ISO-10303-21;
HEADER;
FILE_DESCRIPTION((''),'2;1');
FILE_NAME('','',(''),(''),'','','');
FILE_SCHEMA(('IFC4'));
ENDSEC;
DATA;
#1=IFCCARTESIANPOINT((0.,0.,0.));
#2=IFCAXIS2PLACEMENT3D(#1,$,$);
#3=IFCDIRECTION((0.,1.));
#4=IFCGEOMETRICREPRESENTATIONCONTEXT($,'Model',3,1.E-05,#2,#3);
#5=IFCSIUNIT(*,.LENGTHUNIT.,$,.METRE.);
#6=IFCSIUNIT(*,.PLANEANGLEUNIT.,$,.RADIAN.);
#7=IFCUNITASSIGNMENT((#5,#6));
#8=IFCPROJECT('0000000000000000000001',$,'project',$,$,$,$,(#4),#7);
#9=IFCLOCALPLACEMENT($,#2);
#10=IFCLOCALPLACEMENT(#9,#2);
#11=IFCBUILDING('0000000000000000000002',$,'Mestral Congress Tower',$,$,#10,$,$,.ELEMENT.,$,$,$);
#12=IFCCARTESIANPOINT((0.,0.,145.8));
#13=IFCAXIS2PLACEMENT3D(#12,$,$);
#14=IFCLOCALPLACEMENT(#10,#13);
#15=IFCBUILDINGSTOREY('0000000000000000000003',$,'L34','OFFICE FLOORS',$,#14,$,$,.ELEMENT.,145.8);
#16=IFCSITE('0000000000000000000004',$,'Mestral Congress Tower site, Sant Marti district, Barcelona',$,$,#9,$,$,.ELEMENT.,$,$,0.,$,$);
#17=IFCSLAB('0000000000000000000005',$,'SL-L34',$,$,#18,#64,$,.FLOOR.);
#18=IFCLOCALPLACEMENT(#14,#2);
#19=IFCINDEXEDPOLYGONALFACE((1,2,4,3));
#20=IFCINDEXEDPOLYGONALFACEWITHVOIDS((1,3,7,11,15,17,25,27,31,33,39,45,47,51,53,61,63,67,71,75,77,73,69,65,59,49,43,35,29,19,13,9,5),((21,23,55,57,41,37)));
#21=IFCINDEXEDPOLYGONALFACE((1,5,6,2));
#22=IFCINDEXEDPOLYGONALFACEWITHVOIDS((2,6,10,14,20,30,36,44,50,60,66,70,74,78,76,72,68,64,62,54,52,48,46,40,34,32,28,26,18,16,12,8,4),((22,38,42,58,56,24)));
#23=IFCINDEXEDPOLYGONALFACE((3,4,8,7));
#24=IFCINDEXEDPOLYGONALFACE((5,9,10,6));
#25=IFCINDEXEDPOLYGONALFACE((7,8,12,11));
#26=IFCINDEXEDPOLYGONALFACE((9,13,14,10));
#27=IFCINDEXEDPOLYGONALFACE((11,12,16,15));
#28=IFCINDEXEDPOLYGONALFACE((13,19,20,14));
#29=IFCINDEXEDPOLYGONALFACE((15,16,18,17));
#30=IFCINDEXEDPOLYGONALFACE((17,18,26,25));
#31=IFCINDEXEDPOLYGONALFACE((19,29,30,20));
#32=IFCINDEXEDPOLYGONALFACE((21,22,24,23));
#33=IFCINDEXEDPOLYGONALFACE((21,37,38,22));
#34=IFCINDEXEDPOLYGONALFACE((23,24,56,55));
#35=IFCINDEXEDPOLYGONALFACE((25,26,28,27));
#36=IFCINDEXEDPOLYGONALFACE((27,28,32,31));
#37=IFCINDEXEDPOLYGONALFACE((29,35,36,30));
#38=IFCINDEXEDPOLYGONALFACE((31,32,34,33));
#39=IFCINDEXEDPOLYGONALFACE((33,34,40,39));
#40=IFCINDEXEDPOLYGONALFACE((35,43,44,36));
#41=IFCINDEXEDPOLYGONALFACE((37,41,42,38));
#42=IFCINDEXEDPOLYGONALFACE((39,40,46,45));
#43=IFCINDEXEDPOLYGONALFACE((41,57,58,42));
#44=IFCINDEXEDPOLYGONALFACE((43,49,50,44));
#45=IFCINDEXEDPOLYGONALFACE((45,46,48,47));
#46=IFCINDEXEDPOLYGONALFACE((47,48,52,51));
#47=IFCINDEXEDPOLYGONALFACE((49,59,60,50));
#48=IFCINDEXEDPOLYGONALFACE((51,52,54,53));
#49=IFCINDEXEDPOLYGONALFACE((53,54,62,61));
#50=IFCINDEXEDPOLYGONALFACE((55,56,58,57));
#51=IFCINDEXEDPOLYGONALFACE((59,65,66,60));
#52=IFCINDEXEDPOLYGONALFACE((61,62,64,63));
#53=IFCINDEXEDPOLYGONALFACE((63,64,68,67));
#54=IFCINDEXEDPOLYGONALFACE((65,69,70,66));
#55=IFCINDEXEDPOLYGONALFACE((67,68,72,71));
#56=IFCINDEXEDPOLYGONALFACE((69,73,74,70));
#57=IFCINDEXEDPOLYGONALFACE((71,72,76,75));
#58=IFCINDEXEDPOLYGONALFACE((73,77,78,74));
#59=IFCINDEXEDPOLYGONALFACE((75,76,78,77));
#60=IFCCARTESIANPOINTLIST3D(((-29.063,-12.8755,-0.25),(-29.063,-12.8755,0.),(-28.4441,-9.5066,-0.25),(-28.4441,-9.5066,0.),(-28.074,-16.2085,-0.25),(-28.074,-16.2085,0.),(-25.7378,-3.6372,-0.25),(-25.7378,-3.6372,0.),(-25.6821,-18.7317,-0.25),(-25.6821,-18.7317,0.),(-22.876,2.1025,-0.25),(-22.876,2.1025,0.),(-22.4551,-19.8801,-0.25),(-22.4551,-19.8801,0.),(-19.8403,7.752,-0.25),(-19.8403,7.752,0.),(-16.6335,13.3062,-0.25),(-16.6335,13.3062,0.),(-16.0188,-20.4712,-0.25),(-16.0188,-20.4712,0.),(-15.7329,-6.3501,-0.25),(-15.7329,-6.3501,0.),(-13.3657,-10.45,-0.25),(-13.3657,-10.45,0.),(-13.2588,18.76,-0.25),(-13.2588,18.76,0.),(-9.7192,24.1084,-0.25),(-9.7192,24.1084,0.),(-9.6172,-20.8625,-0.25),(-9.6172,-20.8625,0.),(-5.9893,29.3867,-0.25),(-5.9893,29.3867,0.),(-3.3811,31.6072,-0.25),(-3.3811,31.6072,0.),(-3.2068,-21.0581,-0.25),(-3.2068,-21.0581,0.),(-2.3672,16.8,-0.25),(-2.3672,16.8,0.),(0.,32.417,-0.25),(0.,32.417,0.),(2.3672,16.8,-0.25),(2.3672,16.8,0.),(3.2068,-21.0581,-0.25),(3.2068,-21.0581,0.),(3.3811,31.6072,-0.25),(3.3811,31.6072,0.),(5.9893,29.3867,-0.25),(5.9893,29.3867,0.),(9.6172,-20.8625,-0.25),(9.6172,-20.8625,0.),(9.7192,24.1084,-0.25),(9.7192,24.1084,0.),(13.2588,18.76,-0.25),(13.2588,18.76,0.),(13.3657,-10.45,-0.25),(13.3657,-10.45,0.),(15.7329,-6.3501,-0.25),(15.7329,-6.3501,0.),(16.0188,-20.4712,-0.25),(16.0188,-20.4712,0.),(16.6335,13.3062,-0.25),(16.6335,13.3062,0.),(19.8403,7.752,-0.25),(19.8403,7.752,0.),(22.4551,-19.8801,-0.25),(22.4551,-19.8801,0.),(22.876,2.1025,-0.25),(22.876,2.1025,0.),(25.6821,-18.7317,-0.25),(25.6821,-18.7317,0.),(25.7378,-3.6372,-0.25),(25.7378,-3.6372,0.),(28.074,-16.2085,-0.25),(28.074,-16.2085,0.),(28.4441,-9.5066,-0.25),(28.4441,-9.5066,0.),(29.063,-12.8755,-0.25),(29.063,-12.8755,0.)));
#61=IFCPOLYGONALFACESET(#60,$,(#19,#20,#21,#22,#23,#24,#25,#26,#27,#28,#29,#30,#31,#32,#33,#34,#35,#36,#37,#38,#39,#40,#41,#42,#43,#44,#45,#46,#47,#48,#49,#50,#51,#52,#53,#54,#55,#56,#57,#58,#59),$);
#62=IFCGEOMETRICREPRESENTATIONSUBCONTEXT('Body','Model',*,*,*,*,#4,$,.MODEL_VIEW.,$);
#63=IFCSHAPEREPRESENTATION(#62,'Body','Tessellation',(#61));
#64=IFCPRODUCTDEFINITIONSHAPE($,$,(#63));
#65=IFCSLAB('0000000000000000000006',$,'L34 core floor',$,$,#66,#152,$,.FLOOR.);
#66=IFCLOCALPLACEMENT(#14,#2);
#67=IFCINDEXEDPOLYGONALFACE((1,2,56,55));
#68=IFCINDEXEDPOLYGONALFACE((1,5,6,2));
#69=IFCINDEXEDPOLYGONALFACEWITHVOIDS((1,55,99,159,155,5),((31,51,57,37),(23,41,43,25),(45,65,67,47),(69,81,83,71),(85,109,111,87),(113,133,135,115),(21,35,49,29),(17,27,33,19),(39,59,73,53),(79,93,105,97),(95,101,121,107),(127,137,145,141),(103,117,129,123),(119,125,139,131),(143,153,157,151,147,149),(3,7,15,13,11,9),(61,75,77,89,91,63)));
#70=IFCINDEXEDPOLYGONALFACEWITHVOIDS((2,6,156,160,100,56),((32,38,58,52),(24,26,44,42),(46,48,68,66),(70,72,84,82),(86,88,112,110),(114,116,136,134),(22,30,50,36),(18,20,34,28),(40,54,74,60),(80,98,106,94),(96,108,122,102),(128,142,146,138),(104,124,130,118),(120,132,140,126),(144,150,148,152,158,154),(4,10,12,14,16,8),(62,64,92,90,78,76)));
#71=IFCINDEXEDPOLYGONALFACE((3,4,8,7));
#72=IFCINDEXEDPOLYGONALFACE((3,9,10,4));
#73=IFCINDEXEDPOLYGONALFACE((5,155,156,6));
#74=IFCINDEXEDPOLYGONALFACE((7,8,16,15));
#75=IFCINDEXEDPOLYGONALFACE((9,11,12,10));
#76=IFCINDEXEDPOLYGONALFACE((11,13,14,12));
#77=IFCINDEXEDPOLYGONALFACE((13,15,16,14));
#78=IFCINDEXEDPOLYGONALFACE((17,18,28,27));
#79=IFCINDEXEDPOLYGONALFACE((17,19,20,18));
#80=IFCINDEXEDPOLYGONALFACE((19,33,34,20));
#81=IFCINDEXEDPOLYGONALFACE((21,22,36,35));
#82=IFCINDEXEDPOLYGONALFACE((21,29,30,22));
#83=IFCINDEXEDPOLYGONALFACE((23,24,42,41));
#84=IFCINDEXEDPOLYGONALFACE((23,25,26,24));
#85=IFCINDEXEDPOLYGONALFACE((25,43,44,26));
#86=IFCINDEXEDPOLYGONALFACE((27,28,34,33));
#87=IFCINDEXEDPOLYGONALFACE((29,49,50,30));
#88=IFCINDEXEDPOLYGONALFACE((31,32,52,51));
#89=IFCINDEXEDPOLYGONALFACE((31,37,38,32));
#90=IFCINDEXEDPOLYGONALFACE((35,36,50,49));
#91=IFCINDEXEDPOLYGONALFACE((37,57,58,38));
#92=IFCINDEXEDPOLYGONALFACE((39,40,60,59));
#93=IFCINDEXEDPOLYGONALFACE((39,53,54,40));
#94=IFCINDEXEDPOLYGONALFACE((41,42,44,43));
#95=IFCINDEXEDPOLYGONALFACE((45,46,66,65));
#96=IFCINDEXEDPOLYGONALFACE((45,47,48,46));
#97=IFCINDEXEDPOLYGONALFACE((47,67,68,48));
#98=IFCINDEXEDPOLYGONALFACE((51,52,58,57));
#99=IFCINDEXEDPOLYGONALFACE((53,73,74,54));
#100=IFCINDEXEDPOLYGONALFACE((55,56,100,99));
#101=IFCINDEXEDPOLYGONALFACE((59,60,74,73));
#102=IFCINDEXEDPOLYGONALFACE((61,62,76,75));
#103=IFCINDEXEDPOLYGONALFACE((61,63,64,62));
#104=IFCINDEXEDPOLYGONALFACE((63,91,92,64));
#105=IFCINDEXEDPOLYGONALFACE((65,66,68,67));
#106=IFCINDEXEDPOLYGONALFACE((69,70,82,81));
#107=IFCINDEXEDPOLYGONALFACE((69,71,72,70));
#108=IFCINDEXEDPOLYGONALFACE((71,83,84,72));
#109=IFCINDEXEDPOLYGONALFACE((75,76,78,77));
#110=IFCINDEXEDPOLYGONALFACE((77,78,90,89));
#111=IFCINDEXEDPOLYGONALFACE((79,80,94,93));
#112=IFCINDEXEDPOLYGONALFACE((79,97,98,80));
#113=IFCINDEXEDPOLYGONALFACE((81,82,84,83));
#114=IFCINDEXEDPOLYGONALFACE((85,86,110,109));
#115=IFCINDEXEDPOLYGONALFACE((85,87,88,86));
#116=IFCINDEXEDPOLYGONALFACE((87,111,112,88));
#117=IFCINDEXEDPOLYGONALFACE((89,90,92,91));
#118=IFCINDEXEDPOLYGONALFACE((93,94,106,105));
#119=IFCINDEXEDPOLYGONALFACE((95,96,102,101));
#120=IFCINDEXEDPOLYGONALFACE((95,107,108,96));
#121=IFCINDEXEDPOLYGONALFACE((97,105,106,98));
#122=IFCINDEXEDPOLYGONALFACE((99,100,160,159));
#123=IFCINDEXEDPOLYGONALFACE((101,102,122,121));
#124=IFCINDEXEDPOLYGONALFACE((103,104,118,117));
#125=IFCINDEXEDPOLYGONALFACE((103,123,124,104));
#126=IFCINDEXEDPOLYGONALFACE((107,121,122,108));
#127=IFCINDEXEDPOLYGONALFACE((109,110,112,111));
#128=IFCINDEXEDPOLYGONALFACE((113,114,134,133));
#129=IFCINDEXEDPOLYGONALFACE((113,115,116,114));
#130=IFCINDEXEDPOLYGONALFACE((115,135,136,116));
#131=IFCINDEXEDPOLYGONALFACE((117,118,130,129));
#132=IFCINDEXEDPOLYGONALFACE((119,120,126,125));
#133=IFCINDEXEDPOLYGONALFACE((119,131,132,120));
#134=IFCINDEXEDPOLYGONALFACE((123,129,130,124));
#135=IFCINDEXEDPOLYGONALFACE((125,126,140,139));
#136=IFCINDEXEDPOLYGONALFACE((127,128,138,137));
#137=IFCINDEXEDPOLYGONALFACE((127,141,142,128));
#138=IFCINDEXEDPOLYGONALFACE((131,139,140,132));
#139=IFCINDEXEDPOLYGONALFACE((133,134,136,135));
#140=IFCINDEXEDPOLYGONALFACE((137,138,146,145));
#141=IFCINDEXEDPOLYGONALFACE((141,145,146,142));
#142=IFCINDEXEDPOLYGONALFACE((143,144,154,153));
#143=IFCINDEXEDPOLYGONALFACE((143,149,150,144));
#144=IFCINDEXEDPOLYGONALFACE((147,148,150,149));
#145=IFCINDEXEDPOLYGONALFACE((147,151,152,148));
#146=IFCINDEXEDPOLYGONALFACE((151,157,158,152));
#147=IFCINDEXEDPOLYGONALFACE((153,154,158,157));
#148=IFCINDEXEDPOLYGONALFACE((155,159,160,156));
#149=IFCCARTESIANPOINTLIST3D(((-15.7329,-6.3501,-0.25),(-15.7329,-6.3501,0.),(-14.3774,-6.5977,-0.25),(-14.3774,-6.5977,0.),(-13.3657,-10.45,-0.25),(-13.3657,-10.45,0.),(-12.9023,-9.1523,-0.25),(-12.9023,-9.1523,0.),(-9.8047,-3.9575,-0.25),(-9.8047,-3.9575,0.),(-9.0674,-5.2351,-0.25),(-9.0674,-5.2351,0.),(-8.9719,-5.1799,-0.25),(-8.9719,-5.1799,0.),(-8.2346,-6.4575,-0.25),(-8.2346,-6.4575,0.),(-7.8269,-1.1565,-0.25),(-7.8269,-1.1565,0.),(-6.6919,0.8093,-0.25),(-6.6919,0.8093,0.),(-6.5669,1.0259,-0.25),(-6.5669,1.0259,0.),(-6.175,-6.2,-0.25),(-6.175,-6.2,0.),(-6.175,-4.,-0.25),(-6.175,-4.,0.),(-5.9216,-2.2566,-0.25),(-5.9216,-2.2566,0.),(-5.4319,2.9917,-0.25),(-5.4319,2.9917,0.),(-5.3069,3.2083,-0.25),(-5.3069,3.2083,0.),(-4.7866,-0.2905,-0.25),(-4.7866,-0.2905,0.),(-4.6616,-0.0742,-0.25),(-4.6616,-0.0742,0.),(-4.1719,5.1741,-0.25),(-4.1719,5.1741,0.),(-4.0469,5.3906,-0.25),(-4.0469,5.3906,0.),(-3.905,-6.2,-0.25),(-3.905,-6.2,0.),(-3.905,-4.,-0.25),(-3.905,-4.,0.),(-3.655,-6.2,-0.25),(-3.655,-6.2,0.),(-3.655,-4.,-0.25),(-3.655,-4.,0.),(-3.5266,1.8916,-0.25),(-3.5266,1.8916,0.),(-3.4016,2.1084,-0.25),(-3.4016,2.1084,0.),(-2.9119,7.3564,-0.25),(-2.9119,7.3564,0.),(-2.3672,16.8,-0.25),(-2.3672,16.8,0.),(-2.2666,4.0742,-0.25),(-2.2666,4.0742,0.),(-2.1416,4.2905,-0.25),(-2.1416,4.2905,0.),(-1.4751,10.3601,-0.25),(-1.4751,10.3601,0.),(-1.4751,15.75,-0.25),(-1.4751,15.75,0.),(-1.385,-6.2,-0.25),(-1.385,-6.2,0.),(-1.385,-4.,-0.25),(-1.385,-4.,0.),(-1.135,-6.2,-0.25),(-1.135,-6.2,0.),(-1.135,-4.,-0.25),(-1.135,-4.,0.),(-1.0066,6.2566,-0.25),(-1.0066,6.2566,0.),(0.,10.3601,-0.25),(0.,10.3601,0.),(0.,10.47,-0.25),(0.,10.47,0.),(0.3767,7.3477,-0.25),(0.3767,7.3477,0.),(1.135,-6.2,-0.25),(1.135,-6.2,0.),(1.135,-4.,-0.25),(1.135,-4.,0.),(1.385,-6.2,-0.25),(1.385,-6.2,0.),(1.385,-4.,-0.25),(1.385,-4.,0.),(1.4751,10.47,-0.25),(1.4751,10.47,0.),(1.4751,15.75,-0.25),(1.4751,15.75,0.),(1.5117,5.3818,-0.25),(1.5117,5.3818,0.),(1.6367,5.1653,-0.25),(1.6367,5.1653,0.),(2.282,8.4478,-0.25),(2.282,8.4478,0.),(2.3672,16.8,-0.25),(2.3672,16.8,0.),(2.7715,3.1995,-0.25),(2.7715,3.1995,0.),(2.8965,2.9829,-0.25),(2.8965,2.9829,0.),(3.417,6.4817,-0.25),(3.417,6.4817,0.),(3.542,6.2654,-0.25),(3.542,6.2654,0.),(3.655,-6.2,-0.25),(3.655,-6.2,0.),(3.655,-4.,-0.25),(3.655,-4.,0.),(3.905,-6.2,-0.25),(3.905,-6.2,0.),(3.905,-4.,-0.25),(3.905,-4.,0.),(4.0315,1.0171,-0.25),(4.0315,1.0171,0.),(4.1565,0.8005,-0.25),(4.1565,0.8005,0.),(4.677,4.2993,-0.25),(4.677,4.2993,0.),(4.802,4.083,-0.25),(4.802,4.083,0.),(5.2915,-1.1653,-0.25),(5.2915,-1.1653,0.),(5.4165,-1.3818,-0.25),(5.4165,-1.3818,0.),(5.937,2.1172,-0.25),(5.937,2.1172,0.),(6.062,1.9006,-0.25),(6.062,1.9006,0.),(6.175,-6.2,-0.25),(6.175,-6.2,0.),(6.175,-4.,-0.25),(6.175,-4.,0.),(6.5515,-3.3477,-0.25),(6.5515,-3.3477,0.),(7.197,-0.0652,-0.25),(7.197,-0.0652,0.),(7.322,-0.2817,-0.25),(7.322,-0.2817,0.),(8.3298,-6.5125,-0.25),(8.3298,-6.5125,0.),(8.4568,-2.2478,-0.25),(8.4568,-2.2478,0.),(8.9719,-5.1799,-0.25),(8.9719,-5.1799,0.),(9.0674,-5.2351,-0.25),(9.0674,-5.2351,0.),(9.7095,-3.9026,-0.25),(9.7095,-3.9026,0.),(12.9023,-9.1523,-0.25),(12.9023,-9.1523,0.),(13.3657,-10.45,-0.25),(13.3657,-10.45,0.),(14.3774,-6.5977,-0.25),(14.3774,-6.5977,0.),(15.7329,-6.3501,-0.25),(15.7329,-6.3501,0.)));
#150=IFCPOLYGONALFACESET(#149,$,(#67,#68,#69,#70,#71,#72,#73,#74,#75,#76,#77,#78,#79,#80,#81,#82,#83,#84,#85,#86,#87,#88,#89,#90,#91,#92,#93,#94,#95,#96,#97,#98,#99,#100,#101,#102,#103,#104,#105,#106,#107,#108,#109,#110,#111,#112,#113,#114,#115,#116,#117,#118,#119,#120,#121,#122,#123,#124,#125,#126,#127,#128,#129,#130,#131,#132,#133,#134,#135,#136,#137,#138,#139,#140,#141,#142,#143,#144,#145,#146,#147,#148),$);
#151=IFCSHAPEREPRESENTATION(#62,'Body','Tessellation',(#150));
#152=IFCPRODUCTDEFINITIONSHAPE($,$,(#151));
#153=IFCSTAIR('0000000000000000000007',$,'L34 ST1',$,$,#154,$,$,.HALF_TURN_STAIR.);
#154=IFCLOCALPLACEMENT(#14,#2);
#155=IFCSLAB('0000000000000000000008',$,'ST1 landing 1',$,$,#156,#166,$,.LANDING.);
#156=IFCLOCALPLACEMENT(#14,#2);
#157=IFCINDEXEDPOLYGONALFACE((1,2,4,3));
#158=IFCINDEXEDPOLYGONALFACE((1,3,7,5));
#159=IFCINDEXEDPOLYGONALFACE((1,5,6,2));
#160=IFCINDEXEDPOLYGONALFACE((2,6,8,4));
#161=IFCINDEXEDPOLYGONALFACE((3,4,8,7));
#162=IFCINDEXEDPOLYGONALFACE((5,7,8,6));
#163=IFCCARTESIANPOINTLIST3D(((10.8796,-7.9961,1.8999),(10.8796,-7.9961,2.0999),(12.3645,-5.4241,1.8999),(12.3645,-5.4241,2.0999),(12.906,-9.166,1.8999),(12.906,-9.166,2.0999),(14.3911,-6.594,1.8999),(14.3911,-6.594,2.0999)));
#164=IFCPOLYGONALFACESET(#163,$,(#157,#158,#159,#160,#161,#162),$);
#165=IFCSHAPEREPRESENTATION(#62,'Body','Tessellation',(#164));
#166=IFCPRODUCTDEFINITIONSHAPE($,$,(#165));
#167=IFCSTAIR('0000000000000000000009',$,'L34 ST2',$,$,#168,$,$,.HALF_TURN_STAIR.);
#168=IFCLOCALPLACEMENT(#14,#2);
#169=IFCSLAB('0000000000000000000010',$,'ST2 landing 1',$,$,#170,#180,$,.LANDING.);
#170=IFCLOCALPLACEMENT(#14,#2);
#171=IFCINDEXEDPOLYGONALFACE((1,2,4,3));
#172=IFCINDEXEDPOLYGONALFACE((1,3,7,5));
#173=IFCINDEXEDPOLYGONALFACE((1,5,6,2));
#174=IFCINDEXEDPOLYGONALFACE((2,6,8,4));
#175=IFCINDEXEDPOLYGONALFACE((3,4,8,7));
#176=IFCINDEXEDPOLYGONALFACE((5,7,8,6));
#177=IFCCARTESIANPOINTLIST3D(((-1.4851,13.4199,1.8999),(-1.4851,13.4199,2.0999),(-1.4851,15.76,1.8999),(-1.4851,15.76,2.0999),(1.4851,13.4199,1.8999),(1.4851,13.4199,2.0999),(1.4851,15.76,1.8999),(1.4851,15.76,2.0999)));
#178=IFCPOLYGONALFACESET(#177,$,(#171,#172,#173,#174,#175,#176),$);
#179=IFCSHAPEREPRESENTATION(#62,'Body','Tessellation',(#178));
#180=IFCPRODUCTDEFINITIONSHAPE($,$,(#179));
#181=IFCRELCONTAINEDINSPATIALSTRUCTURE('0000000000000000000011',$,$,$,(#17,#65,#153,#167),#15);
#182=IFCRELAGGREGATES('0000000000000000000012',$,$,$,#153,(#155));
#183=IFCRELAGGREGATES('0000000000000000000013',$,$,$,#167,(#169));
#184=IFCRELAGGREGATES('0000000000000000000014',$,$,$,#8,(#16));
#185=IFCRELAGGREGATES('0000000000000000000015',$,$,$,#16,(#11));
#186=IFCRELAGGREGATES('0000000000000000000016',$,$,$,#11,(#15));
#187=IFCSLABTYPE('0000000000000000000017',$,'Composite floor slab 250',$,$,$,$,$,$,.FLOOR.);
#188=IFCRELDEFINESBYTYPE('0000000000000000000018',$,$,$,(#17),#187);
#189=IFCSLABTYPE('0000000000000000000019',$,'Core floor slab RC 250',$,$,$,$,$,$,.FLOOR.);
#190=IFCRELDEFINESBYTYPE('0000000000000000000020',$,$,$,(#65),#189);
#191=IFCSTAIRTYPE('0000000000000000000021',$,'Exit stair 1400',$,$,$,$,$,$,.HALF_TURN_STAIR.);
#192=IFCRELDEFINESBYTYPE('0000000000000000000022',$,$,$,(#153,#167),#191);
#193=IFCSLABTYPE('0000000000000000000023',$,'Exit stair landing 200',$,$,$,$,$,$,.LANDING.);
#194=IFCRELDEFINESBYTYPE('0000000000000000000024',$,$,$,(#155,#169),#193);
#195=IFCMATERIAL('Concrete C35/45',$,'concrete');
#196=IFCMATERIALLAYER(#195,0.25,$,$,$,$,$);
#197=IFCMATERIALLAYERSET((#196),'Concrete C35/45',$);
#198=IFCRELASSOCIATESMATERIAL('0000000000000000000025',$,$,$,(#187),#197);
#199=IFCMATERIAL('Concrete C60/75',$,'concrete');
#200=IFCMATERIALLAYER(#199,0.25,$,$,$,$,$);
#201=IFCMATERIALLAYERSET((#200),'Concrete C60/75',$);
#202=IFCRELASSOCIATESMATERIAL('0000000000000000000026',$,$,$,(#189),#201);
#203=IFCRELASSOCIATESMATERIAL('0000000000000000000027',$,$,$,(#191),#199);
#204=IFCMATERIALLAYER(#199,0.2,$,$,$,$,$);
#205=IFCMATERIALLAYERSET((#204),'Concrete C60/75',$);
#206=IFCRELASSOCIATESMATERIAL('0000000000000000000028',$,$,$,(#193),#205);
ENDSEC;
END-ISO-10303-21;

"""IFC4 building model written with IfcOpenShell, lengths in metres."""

from ifc_helpers import new_model, si_unit, direction, frame, origin, place, context, subcontext, project, spatial, polyline, outline, extrude, material, layer, layer_set, type_object, element, aggregate, save


model = new_model("IFC4")

# Units and contexts
model_context = context("Model", 3, precision=1e-05, world=origin(), true_north=direction((0.0, 1.0)))
body_context = subcontext(model_context, "Body", "Model", "MODEL_VIEW")
ifc_project = project(units=[si_unit("LENGTHUNIT", "METRE"), si_unit("PLANEANGLEUNIT", "RADIAN")], contexts=[model_context])

# Site, building, storey
site_placement = place(None, origin())
site = spatial("IfcSite", under=ifc_project, at=site_placement, Name="Mestral Congress Tower site, Sant Marti district, Barcelona", CompositionType="ELEMENT", RefElevation=0.0)
building_placement = place(site_placement, origin())
building = spatial("IfcBuilding", under=site, at=building_placement, Name="Mestral Congress Tower", CompositionType="ELEMENT")
storey_placement = place(building_placement, frame((0.0, 0.0, 145.8)))
storey = spatial("IfcBuildingStorey", under=building, at=storey_placement, Name="L34", Description="OFFICE FLOORS", CompositionType="ELEMENT", Elevation=145.8)

# Slabs
ifc_material_1 = material(Name="Concrete C35/45", Category="concrete")
ifc_layer_1 = layer(ifc_material_1, 0.25)
ifc_layer_set_1 = layer_set([ifc_layer_1], Name="Concrete C35/45")
slab_type_1 = type_object("IfcSlabType", Name="Composite floor slab 250", PredefinedType="FLOOR", material=ifc_layer_set_1)
placement_1 = place(storey_placement, frame((0.0, 0.0, -0.25)))
element("IfcSlab", 1, at=placement_1, inside=storey, type_object=slab_type_1, Name="SL-L34", PredefinedType="FLOOR", context=body_context, shape_type="SweptSolid", body=[
    extrude(outline(polyline([(-22.4551, -19.8801), (-25.6821, -18.7317), (-28.074, -16.2085), (-29.063, -12.8755), (-28.4441, -9.5066), (-25.7378, -3.6372), (-22.876, 2.1025), (-19.8403, 7.752), (-16.6335, 13.3062), (-13.2588, 18.76), (-9.7192, 24.1084), (-5.9893, 29.3867), (-3.3811, 31.6072), (0.0, 32.417), (3.3811, 31.6072), (5.9893, 29.3867), (9.7192, 24.1084), (13.2588, 18.76), (16.6335, 13.3062), (19.8403, 7.752), (22.876, 2.1025), (25.7378, -3.6372), (28.4441, -9.5066), (29.063, -12.8755), (28.074, -16.2085), (25.6821, -18.7317), (22.4551, -19.8801), (16.0188, -20.4712), (9.6172, -20.8625), (3.2068, -21.0581), (-3.2068, -21.0581), (-9.6172, -20.8625), (-16.0188, -20.4712), (-22.4551, -19.8801)]), holes=[polyline([(-2.3672, 16.8), (-15.7329, -6.3501), (-13.3657, -10.45), (13.3657, -10.45), (15.7329, -6.3501), (2.3672, 16.8), (-2.3672, 16.8)])]), origin(), (0.0, 0.0, 1.0), 0.25),
])
ifc_material_2 = material(Name="Concrete C60/75", Category="concrete")
ifc_layer_2 = layer(ifc_material_2, 0.25)
ifc_layer_set_2 = layer_set([ifc_layer_2], Name="Concrete C60/75")
slab_type_2 = type_object("IfcSlabType", Name="Core floor slab RC 250", PredefinedType="FLOOR", material=ifc_layer_set_2)
element("IfcSlab", 2, at=placement_1, inside=storey, type_object=slab_type_2, Name="L34 core floor", PredefinedType="FLOOR", context=body_context, shape_type="SweptSolid", body=[
    extrude(outline(polyline([(13.3657, -10.45), (-13.3657, -10.45), (-15.7329, -6.3501), (-2.3672, 16.8), (2.3672, 16.8), (15.7329, -6.3501), (13.3657, -10.45)]), holes=[polyline([(-9.8047, -3.9575), (-14.3774, -6.5977), (-12.9023, -9.1523), (-8.2346, -6.4575), (-8.9719, -5.1799), (-9.0674, -5.2351), (-9.8047, -3.9575)]), polyline([(-3.905, -4.0), (-6.175, -4.0), (-6.175, -6.2), (-3.905, -6.2), (-3.905, -4.0)]), polyline([(-1.385, -4.0), (-3.655, -4.0), (-3.655, -6.2), (-1.385, -6.2), (-1.385, -4.0)]), polyline([(1.135, -4.0), (-1.135, -4.0), (-1.135, -6.2), (1.135, -6.2), (1.135, -4.0)]), polyline([(-5.9216, -2.2566), (-4.7866, -0.2905), (-6.6919, 0.8093), (-7.8269, -1.1565), (-5.9216, -2.2566)]), polyline([(-4.6616, -0.0742), (-3.5266, 1.8916), (-5.4319, 2.9917), (-6.5669, 1.0259), (-4.6616, -0.0742)]), polyline([(-3.4016, 2.1084), (-2.2666, 4.0742), (-4.1719, 5.1741), (-5.3069, 3.2083), (-3.4016, 2.1084)]), polyline([(-2.1416, 4.2905), (-1.0066, 6.2566), (-2.9119, 7.3564), (-4.0469, 5.3906), (-2.1416, 4.2905)]), polyline([(1.4751, 10.47), (1.4751, 15.75), (-1.4751, 15.75), (-1.4751, 10.3601), (0.0, 10.3601), (0.0, 10.47), (1.4751, 10.47)]), polyline([(8.3298, -6.5125), (12.9023, -9.1523), (14.3774, -6.5977), (9.7095, -3.9026), (8.9719, -5.1799), (9.0674, -5.2351), (8.3298, -6.5125)]), polyline([(3.655, -4.0), (1.385, -4.0), (1.385, -6.2), (3.655, -6.2), (3.655, -4.0)]), polyline([(6.175, -4.0), (3.905, -4.0), (3.905, -6.2), (6.175, -6.2), (6.175, -4.0)]), polyline([(5.4165, -1.3818), (6.5515, -3.3477), (8.4568, -2.2478), (7.322, -0.2817), (5.4165, -1.3818)]), polyline([(4.1565, 0.8005), (5.2915, -1.1653), (7.197, -0.0652), (6.062, 1.9006), (4.1565, 0.8005)]), polyline([(2.8965, 2.9829), (4.0315, 1.0171), (5.937, 2.1172), (4.802, 4.083), (2.8965, 2.9829)]), polyline([(3.542, 6.2654), (1.6367, 5.1653), (2.7715, 3.1995), (4.677, 4.2993), (3.542, 6.2654)]), polyline([(2.282, 8.4478), (0.3767, 7.3477), (1.5117, 5.3818), (3.417, 6.4817), (2.282, 8.4478)])]), origin(), (0.0, 0.0, 1.0), 0.25),
])

# Stairs, slabs
stair_type = type_object("IfcStairType", Name="Exit stair 1400", PredefinedType="HALF_TURN_STAIR", material=ifc_material_2)
placement_2 = place(storey_placement, origin())
stair_1 = element("IfcStair", 3, at=placement_2, inside=storey, type_object=stair_type, Name="L34 ST1", PredefinedType="HALF_TURN_STAIR")
ifc_layer_3 = layer(ifc_material_2, 0.2)
ifc_layer_set_3 = layer_set([ifc_layer_3], Name="Concrete C60/75")
slab_type_3 = type_object("IfcSlabType", Name="Exit stair landing 200", PredefinedType="LANDING", material=ifc_layer_set_3)
placement_3 = place(storey_placement, frame((0.0, 0.0, 1.8999)))
slab_1 = element("IfcSlab", 4, at=placement_3, type_object=slab_type_3, Name="ST1 landing 1", PredefinedType="LANDING", context=body_context, shape_type="SweptSolid", body=[
    extrude(outline(polyline([(10.8796, -7.9961), (12.3645, -5.4241), (14.3911, -6.594), (12.906, -9.166), (10.8796, -7.9961)])), origin(), (0.0, 0.0, 1.0), 0.2),
])
aggregate(stair_1, [slab_1])
stair_2 = element("IfcStair", 5, at=placement_2, inside=storey, type_object=stair_type, Name="L34 ST2", PredefinedType="HALF_TURN_STAIR")
slab_2 = element("IfcSlab", 6, at=placement_3, type_object=slab_type_3, Name="ST2 landing 1", PredefinedType="LANDING", context=body_context, shape_type="SweptSolid", body=[
    extrude(outline(polyline([(1.4851, 13.4199), (-1.4851, 13.4199), (-1.4851, 15.76), (1.4851, 15.76), (1.4851, 13.4199)])), origin(), (0.0, 0.0, 1.0), 0.2),
])
aggregate(stair_2, [slab_2])

save(model, "model.ifc")
